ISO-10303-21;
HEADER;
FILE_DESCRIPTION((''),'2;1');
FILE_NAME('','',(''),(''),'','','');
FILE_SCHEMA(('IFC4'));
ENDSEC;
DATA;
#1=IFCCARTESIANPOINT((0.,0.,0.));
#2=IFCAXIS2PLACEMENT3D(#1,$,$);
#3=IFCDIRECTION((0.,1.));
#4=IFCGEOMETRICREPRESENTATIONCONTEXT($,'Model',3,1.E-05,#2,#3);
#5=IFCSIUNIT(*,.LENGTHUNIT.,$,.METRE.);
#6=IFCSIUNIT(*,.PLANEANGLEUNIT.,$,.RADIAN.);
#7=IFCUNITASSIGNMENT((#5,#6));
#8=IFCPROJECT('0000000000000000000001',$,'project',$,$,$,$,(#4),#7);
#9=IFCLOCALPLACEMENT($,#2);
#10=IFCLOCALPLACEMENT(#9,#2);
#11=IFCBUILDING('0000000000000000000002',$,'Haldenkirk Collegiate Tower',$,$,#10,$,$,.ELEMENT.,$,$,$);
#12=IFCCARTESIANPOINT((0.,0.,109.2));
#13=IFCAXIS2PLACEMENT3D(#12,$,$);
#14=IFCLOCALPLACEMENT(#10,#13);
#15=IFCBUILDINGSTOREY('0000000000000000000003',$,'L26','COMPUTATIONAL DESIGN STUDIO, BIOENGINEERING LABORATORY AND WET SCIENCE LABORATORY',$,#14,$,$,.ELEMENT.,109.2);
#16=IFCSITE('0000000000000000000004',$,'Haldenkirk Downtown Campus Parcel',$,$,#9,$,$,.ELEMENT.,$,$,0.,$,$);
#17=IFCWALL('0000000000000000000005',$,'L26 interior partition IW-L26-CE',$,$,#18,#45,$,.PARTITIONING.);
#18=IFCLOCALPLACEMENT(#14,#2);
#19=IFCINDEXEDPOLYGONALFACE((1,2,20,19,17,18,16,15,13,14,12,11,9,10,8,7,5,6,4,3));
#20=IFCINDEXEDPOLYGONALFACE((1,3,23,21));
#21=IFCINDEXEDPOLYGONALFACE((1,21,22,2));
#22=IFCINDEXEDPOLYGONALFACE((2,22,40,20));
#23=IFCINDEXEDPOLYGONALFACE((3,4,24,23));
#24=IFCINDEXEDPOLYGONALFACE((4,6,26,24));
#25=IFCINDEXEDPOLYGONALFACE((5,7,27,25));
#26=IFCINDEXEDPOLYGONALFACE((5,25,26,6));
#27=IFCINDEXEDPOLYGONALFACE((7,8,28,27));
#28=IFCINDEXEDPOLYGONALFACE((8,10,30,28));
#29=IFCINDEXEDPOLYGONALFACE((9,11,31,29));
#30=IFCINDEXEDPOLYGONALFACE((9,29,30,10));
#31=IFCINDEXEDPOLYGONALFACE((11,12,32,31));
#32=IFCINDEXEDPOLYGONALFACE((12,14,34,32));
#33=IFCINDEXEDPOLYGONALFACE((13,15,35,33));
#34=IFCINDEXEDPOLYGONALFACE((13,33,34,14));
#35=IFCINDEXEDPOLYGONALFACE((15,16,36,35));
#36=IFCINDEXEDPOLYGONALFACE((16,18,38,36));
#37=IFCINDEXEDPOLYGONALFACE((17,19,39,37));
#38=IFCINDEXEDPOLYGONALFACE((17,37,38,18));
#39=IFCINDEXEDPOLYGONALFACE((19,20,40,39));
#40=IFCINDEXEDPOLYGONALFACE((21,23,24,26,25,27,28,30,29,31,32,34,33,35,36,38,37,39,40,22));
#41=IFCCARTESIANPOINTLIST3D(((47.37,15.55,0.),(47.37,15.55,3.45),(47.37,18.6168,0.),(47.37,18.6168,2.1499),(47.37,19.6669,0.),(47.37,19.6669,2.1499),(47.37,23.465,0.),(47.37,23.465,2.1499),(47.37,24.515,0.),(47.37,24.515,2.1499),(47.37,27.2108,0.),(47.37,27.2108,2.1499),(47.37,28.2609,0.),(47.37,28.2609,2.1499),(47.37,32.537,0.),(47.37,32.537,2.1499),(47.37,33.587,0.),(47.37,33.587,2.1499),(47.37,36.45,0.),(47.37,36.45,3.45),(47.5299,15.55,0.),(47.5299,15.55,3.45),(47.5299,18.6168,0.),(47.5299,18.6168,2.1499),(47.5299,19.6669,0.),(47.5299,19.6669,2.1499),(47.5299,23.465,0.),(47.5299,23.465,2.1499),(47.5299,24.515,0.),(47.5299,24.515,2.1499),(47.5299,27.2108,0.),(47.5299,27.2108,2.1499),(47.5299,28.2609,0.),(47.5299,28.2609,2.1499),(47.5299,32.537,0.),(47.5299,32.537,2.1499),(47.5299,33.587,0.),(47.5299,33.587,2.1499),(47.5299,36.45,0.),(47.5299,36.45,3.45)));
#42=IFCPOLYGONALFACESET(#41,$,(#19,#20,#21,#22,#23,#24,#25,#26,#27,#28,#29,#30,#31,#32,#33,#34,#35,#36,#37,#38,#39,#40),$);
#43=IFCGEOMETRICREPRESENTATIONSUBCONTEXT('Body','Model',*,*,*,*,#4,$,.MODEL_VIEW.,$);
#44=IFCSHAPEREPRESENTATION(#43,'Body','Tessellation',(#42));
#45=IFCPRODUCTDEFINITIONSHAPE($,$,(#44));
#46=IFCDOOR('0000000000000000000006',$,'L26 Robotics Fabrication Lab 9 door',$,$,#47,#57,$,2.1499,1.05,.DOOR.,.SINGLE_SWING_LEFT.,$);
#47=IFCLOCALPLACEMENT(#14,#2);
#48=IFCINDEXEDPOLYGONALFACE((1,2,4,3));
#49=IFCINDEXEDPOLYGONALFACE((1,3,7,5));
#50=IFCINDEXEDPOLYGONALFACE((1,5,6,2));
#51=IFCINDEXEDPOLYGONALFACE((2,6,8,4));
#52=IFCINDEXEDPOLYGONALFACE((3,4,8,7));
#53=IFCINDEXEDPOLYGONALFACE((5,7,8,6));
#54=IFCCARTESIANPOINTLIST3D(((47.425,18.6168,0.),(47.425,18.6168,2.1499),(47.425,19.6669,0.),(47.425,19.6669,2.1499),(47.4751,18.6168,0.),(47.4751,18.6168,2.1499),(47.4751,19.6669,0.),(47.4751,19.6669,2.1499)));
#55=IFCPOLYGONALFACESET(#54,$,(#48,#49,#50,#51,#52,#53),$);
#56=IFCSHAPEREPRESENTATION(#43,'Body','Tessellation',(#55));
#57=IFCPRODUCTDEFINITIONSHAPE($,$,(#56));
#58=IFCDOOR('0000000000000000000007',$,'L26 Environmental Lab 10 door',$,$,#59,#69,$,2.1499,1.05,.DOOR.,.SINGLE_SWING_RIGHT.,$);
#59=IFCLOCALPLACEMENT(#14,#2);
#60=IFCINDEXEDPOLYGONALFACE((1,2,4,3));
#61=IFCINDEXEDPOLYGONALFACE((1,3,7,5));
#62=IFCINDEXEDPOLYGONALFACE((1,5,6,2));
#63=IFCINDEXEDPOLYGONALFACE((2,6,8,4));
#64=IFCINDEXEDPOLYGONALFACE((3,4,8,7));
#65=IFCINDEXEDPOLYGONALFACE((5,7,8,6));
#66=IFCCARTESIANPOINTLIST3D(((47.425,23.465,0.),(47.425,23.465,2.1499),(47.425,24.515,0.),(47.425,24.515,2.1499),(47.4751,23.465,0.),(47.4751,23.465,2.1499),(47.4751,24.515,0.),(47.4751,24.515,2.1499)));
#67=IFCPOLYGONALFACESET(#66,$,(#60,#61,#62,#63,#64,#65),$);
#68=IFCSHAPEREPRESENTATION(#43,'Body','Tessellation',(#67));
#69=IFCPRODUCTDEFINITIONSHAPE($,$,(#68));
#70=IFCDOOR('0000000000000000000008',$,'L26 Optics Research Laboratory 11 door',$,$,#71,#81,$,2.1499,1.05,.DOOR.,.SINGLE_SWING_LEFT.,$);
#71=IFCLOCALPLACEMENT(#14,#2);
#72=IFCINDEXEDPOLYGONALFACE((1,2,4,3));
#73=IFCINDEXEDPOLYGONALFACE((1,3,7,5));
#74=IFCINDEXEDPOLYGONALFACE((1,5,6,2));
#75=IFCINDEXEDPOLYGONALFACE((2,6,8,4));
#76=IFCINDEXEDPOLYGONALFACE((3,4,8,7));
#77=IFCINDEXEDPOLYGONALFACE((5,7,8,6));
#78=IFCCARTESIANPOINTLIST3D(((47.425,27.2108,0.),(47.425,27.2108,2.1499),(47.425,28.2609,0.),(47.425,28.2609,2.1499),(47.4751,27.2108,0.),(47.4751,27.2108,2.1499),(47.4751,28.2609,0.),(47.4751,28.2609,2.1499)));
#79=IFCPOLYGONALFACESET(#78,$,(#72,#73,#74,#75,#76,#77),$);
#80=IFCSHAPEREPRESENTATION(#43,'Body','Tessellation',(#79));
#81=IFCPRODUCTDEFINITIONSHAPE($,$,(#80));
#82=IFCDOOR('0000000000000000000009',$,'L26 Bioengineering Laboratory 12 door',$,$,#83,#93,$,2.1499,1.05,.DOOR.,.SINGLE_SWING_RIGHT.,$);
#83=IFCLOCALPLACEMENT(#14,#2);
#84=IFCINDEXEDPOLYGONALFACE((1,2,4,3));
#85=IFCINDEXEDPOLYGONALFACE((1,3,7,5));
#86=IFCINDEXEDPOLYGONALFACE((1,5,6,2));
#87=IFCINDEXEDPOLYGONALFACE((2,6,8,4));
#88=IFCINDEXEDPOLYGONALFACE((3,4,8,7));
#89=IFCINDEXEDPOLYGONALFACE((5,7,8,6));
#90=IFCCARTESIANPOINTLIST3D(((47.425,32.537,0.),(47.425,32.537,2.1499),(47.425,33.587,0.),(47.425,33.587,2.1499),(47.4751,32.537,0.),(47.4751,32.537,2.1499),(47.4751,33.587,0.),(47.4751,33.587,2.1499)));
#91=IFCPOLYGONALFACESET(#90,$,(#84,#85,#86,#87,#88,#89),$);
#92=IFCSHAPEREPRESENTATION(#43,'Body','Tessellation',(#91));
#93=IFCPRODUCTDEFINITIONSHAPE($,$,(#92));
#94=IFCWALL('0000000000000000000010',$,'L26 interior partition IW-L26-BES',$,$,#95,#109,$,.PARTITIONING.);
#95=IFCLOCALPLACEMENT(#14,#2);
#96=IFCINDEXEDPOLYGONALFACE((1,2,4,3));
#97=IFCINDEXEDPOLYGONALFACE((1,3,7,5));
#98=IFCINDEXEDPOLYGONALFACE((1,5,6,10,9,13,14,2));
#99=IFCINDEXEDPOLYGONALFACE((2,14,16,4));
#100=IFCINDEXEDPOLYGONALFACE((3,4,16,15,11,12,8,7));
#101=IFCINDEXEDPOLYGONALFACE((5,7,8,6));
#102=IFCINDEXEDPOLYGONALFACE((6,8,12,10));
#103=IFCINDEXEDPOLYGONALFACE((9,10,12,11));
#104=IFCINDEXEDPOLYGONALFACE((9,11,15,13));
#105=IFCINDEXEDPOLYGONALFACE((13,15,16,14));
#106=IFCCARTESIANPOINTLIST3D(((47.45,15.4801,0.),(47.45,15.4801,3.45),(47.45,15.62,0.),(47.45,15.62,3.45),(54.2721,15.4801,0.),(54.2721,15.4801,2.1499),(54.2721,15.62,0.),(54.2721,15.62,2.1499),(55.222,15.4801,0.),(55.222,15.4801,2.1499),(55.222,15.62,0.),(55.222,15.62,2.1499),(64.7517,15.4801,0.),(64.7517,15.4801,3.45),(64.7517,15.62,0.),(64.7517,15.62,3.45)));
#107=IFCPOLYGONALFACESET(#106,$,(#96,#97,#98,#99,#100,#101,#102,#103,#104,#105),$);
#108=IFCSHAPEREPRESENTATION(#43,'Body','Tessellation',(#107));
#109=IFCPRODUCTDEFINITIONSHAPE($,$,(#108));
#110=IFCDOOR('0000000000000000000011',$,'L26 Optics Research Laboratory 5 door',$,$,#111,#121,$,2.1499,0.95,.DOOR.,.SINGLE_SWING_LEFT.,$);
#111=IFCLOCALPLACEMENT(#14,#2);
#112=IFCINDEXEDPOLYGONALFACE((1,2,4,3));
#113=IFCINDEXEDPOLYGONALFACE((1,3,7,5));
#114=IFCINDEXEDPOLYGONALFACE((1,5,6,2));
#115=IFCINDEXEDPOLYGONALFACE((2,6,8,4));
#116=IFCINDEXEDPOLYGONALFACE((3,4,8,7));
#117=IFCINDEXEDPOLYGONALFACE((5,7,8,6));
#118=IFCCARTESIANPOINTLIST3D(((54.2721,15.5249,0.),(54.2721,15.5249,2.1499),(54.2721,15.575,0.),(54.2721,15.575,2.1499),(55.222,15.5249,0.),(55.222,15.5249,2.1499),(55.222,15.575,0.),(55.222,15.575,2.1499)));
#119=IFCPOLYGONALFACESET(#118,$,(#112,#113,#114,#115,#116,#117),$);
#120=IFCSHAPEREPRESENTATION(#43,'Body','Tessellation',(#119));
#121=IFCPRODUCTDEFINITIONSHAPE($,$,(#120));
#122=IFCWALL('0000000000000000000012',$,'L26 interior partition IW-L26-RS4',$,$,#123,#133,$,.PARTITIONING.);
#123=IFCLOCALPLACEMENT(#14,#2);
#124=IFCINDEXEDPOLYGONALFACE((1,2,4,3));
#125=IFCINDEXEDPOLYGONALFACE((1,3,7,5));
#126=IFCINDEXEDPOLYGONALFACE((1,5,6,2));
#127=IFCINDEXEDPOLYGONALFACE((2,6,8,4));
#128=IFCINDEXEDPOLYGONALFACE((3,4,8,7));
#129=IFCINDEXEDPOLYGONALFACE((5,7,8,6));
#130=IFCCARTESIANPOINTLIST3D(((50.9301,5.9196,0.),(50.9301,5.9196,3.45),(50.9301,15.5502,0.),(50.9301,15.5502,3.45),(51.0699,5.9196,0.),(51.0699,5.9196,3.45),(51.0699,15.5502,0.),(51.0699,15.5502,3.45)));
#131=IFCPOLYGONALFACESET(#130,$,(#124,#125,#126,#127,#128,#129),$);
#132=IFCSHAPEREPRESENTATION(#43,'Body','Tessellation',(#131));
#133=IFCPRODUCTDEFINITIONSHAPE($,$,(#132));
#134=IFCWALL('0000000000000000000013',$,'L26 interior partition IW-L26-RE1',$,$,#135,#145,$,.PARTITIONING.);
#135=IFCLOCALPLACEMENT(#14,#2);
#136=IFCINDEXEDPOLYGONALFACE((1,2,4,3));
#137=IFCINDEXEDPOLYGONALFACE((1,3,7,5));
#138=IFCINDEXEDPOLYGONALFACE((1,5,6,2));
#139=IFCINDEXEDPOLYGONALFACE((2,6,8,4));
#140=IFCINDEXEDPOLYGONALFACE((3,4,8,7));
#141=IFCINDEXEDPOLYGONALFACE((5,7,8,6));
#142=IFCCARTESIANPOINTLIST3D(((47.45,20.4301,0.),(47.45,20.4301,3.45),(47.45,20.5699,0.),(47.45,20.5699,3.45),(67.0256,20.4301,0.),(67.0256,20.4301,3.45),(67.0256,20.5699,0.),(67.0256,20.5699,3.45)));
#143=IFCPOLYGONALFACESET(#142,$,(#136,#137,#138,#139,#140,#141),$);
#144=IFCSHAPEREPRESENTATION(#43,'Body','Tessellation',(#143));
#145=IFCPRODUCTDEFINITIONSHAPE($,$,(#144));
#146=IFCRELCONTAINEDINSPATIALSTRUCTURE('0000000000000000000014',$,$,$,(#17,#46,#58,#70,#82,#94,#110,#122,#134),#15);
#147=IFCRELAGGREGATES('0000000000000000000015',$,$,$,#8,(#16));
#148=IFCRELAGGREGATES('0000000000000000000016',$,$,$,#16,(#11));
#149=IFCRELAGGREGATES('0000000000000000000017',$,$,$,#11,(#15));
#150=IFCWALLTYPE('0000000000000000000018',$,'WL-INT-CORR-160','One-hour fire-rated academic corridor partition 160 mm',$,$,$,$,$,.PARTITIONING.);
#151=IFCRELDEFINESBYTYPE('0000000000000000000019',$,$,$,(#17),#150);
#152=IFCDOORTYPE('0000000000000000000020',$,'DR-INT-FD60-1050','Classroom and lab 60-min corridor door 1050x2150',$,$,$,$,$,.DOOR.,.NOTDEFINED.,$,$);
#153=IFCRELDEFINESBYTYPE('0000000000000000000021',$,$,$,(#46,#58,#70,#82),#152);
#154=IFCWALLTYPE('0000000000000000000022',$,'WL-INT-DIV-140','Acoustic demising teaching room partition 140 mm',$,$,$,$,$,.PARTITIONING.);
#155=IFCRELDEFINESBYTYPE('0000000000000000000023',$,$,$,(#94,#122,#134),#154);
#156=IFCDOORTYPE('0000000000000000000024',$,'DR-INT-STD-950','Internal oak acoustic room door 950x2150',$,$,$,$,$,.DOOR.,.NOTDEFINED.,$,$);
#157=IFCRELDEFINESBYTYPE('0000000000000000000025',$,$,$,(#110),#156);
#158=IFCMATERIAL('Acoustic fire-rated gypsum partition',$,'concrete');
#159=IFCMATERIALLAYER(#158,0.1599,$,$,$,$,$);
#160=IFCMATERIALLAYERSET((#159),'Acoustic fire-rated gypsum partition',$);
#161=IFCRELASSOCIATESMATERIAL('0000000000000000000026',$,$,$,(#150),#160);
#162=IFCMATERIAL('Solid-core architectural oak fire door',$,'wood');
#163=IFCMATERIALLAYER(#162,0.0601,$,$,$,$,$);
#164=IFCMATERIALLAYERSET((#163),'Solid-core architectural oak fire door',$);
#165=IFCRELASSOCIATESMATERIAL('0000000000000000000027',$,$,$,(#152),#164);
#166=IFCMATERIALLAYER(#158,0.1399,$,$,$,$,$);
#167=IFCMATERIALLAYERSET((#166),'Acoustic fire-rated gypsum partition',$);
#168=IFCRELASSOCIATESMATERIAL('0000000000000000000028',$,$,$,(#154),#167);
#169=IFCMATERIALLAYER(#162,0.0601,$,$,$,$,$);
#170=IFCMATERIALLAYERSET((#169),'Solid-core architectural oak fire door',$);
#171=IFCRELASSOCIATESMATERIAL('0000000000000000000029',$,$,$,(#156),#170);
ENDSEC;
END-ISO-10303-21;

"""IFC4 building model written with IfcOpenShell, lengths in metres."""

from ifc_helpers import new_model, si_unit, direction, frame, frame_2d, origin, place, context, subcontext, project, spatial, rectangle, extrude, material, layer, layer_set, type_object, element, fill, save


model = new_model("IFC4")

# Units and contexts
model_context = context("Model", 3, precision=1e-05, world=origin(), true_north=direction((0.0, 1.0)))
body_context = subcontext(model_context, "Body", "Model", "MODEL_VIEW")
ifc_project = project(units=[si_unit("LENGTHUNIT", "METRE"), si_unit("PLANEANGLEUNIT", "RADIAN")], contexts=[model_context])

# Site, building, storey
site_placement = place(None, origin())
site = spatial("IfcSite", under=ifc_project, at=site_placement, Name="Haldenkirk Downtown Campus Parcel", CompositionType="ELEMENT", RefElevation=0.0)
building_placement = place(site_placement, origin())
building = spatial("IfcBuilding", under=site, at=building_placement, Name="Haldenkirk Collegiate Tower", CompositionType="ELEMENT")
storey_placement = place(building_placement, frame((0.0, 0.0, 109.2)))
storey = spatial("IfcBuildingStorey", under=building, at=storey_placement, Name="L26", Description="COMPUTATIONAL DESIGN STUDIO, BIOENGINEERING LABORATORY AND WET SCIENCE LABORATORY", CompositionType="ELEMENT", Elevation=109.2)

# Wall, openings, doors
ifc_material_1 = material(Name="Acoustic fire-rated gypsum partition", Category="concrete")
ifc_layer_1 = layer(ifc_material_1, 0.1599)
ifc_layer_set_1 = layer_set([ifc_layer_1], Name="Acoustic fire-rated gypsum partition")
wall_type_1 = type_object("IfcWallType", Name="WL-INT-CORR-160", Description="One-hour fire-rated academic corridor partition 160 mm", PredefinedType="PARTITIONING", material=ifc_layer_set_1)
wall_1_placement = place(storey_placement, frame((47.45, 15.55, 0.0), z_axis=(0.0, 0.0, 1.0), x_axis=(0.0, 1.0, 0.0)))
wall_1 = element("IfcWall", 1, at=wall_1_placement, inside=storey, type_object=wall_type_1, Name="L26 interior partition IW-L26-CE", PredefinedType="PARTITIONING", context=body_context, shape_type="SweptSolid", body=[
    extrude(rectangle(XDim=20.8999, YDim=0.1599, at=frame_2d((10.45, 0.0))), origin(), (0.0, 0.0, 1.0), 3.45),
])
opening_1_placement = place(wall_1_placement, frame((3.0669, 0.0, 0.0)))
opening_1 = element("IfcOpeningElement", 2, at=opening_1_placement, cuts=wall_1, PredefinedType="OPENING", context=body_context, shape_type="SweptSolid", body=[
    extrude(rectangle(XDim=1.05, YDim=2.1499, at=frame_2d((0.5249, 1.075))), frame((0.0, 0.0898, 0.0), z_axis=(0.0, -1.0, 0.0), x_axis=(1.0, 0.0, 0.0)), (0.0, 0.0, 1.0), 0.1799),
])
opening_2_placement = place(wall_1_placement, frame((7.915, 0.0, 0.0)))
opening_2 = element("IfcOpeningElement", 3, at=opening_2_placement, cuts=wall_1, PredefinedType="OPENING", context=body_context, shape_type="SweptSolid", body=[
    extrude(rectangle(XDim=1.05, YDim=2.1499, at=frame_2d((0.5249, 1.075))), frame((0.0, 0.0898, 0.0), z_axis=(0.0, -1.0, 0.0), x_axis=(1.0, 0.0, 0.0)), (0.0, 0.0, 1.0), 0.1799),
])
opening_3_placement = place(wall_1_placement, frame((11.6609, 0.0, 0.0)))
opening_3 = element("IfcOpeningElement", 4, at=opening_3_placement, cuts=wall_1, PredefinedType="OPENING", context=body_context, shape_type="SweptSolid", body=[
    extrude(rectangle(XDim=1.05, YDim=2.1499, at=frame_2d((0.5249, 1.075))), frame((0.0, 0.0898, 0.0), z_axis=(0.0, -1.0, 0.0), x_axis=(1.0, 0.0, 0.0)), (0.0, 0.0, 1.0), 0.1799),
])
opening_4_placement = place(wall_1_placement, frame((16.9871, 0.0, 0.0)))
opening_4 = element("IfcOpeningElement", 5, at=opening_4_placement, cuts=wall_1, PredefinedType="OPENING", context=body_context, shape_type="SweptSolid", body=[
    extrude(rectangle(XDim=1.05, YDim=2.1499, at=frame_2d((0.5249, 1.075))), frame((0.0, 0.0898, 0.0), z_axis=(0.0, -1.0, 0.0), x_axis=(1.0, 0.0, 0.0)), (0.0, 0.0, 1.0), 0.1799),
])
ifc_material_2 = material(Name="Solid-core architectural oak fire door", Category="wood")
ifc_layer_2 = layer(ifc_material_2, 0.0601)
ifc_layer_set_2 = layer_set([ifc_layer_2], Name="Solid-core architectural oak fire door")
door_type_1 = type_object("IfcDoorType", Name="DR-INT-FD60-1050", Description="Classroom and lab 60-min corridor door 1050x2150", OperationType="NOTDEFINED", PredefinedType="DOOR", material=ifc_layer_set_2)
door_1_placement = place(opening_1_placement, origin())
door_1 = element("IfcDoor", 6, at=door_1_placement, inside=storey, type_object=door_type_1, Name="L26 Robotics Fabrication Lab 9 door", OperationType="SINGLE_SWING_LEFT", OverallHeight=2.1499, OverallWidth=1.05, PredefinedType="DOOR", context=body_context, shape_type="SweptSolid", body=[
    extrude(rectangle(XDim=1.05, YDim=2.1499, at=frame_2d((0.5249, 1.075))), frame((0.0, 0.0249, 0.0), z_axis=(0.0, -1.0, 0.0), x_axis=(1.0, 0.0, 0.0)), (0.0, 0.0, 1.0), 0.05),
])
fill(opening_1, door_1)
door_2_placement = place(opening_2_placement, origin())
door_2 = element("IfcDoor", 7, at=door_2_placement, inside=storey, type_object=door_type_1, Name="L26 Environmental Lab 10 door", OperationType="SINGLE_SWING_RIGHT", OverallHeight=2.1499, OverallWidth=1.05, PredefinedType="DOOR", context=body_context, shape_type="SweptSolid", body=[
    extrude(rectangle(XDim=1.05, YDim=2.1499, at=frame_2d((0.5249, 1.075))), frame((0.0, 0.0249, 0.0), z_axis=(0.0, -1.0, 0.0), x_axis=(1.0, 0.0, 0.0)), (0.0, 0.0, 1.0), 0.05),
])
fill(opening_2, door_2)
door_3_placement = place(opening_3_placement, origin())
door_3 = element("IfcDoor", 8, at=door_3_placement, inside=storey, type_object=door_type_1, Name="L26 Optics Research Laboratory 11 door", OperationType="SINGLE_SWING_LEFT", OverallHeight=2.1499, OverallWidth=1.05, PredefinedType="DOOR", context=body_context, shape_type="SweptSolid", body=[
    extrude(rectangle(XDim=1.05, YDim=2.1499, at=frame_2d((0.5249, 1.075))), frame((0.0, 0.0249, 0.0), z_axis=(0.0, -1.0, 0.0), x_axis=(1.0, 0.0, 0.0)), (0.0, 0.0, 1.0), 0.05),
])
fill(opening_3, door_3)
door_4_placement = place(opening_4_placement, origin())
door_4 = element("IfcDoor", 9, at=door_4_placement, inside=storey, type_object=door_type_1, Name="L26 Bioengineering Laboratory 12 door", OperationType="SINGLE_SWING_RIGHT", OverallHeight=2.1499, OverallWidth=1.05, PredefinedType="DOOR", context=body_context, shape_type="SweptSolid", body=[
    extrude(rectangle(XDim=1.05, YDim=2.1499, at=frame_2d((0.5249, 1.075))), frame((0.0, 0.0249, 0.0), z_axis=(0.0, -1.0, 0.0), x_axis=(1.0, 0.0, 0.0)), (0.0, 0.0, 1.0), 0.05),
])
fill(opening_4, door_4)

# Wall, opening, door
ifc_layer_3 = layer(ifc_material_1, 0.1399)
ifc_layer_set_3 = layer_set([ifc_layer_3], Name="Acoustic fire-rated gypsum partition")
wall_type_2 = type_object("IfcWallType", Name="WL-INT-DIV-140", Description="Acoustic demising teaching room partition 140 mm", PredefinedType="PARTITIONING", material=ifc_layer_set_3)
wall_2_placement = place(storey_placement, frame((47.45, 15.55, 0.0), z_axis=(0.0, 0.0, 1.0), x_axis=(1.0, 0.0, 0.0)))
wall_2 = element("IfcWall", 10, at=wall_2_placement, inside=storey, type_object=wall_type_2, Name="L26 interior partition IW-L26-BES", PredefinedType="PARTITIONING", context=body_context, shape_type="SweptSolid", body=[
    extrude(rectangle(XDim=17.3018, YDim=0.1399, at=frame_2d((8.6509, 0.0))), origin(), (0.0, 0.0, 1.0), 3.45),
])
opening_5_placement = place(wall_2_placement, frame((6.822, 0.0, 0.0)))
opening_5 = element("IfcOpeningElement", 11, at=opening_5_placement, cuts=wall_2, PredefinedType="OPENING", context=body_context, shape_type="SweptSolid", body=[
    extrude(rectangle(XDim=0.95, YDim=2.1499, at=frame_2d((0.4751, 1.075))), frame((0.0, 0.0798, 0.0), z_axis=(0.0, -1.0, 0.0), x_axis=(1.0, 0.0, 0.0)), (0.0, 0.0, 1.0), 0.1599),
])
ifc_layer_4 = layer(ifc_material_2, 0.0601)
ifc_layer_set_4 = layer_set([ifc_layer_4], Name="Solid-core architectural oak fire door")
door_type_2 = type_object("IfcDoorType", Name="DR-INT-STD-950", Description="Internal oak acoustic room door 950x2150", OperationType="NOTDEFINED", PredefinedType="DOOR", material=ifc_layer_set_4)
door_5_placement = place(opening_5_placement, origin())
door_5 = element("IfcDoor", 12, at=door_5_placement, inside=storey, type_object=door_type_2, Name="L26 Optics Research Laboratory 5 door", OperationType="SINGLE_SWING_LEFT", OverallHeight=2.1499, OverallWidth=0.95, PredefinedType="DOOR", context=body_context, shape_type="SweptSolid", body=[
    extrude(rectangle(XDim=0.95, YDim=2.1499, at=frame_2d((0.4751, 1.075))), frame((0.0, 0.0249, 0.0), z_axis=(0.0, -1.0, 0.0), x_axis=(1.0, 0.0, 0.0)), (0.0, 0.0, 1.0), 0.05),
])
fill(opening_5, door_5)

# Walls
wall_3_placement = place(storey_placement, frame((51.0, 5.9194, 0.0), z_axis=(0.0, 0.0, 1.0), x_axis=(0.0, 1.0, 0.0)))
element("IfcWall", 13, at=wall_3_placement, inside=storey, type_object=wall_type_2, Name="L26 interior partition IW-L26-RS4", PredefinedType="PARTITIONING", context=body_context, shape_type="SweptSolid", body=[
    extrude(rectangle(XDim=9.6306, YDim=0.1399, at=frame_2d((4.8154, 0.0))), origin(), (0.0, 0.0, 1.0), 3.45),
])
wall_4_placement = place(storey_placement, frame((47.45, 20.5, 0.0), z_axis=(0.0, 0.0, 1.0), x_axis=(1.0, 0.0, 0.0)))
element("IfcWall", 14, at=wall_4_placement, inside=storey, type_object=wall_type_2, Name="L26 interior partition IW-L26-RE1", PredefinedType="PARTITIONING", context=body_context, shape_type="SweptSolid", body=[
    extrude(rectangle(XDim=19.5757, YDim=0.1399, at=frame_2d((9.7878, 0.0))), origin(), (0.0, 0.0, 1.0), 3.45),
])

save(model, "model.ifc")
